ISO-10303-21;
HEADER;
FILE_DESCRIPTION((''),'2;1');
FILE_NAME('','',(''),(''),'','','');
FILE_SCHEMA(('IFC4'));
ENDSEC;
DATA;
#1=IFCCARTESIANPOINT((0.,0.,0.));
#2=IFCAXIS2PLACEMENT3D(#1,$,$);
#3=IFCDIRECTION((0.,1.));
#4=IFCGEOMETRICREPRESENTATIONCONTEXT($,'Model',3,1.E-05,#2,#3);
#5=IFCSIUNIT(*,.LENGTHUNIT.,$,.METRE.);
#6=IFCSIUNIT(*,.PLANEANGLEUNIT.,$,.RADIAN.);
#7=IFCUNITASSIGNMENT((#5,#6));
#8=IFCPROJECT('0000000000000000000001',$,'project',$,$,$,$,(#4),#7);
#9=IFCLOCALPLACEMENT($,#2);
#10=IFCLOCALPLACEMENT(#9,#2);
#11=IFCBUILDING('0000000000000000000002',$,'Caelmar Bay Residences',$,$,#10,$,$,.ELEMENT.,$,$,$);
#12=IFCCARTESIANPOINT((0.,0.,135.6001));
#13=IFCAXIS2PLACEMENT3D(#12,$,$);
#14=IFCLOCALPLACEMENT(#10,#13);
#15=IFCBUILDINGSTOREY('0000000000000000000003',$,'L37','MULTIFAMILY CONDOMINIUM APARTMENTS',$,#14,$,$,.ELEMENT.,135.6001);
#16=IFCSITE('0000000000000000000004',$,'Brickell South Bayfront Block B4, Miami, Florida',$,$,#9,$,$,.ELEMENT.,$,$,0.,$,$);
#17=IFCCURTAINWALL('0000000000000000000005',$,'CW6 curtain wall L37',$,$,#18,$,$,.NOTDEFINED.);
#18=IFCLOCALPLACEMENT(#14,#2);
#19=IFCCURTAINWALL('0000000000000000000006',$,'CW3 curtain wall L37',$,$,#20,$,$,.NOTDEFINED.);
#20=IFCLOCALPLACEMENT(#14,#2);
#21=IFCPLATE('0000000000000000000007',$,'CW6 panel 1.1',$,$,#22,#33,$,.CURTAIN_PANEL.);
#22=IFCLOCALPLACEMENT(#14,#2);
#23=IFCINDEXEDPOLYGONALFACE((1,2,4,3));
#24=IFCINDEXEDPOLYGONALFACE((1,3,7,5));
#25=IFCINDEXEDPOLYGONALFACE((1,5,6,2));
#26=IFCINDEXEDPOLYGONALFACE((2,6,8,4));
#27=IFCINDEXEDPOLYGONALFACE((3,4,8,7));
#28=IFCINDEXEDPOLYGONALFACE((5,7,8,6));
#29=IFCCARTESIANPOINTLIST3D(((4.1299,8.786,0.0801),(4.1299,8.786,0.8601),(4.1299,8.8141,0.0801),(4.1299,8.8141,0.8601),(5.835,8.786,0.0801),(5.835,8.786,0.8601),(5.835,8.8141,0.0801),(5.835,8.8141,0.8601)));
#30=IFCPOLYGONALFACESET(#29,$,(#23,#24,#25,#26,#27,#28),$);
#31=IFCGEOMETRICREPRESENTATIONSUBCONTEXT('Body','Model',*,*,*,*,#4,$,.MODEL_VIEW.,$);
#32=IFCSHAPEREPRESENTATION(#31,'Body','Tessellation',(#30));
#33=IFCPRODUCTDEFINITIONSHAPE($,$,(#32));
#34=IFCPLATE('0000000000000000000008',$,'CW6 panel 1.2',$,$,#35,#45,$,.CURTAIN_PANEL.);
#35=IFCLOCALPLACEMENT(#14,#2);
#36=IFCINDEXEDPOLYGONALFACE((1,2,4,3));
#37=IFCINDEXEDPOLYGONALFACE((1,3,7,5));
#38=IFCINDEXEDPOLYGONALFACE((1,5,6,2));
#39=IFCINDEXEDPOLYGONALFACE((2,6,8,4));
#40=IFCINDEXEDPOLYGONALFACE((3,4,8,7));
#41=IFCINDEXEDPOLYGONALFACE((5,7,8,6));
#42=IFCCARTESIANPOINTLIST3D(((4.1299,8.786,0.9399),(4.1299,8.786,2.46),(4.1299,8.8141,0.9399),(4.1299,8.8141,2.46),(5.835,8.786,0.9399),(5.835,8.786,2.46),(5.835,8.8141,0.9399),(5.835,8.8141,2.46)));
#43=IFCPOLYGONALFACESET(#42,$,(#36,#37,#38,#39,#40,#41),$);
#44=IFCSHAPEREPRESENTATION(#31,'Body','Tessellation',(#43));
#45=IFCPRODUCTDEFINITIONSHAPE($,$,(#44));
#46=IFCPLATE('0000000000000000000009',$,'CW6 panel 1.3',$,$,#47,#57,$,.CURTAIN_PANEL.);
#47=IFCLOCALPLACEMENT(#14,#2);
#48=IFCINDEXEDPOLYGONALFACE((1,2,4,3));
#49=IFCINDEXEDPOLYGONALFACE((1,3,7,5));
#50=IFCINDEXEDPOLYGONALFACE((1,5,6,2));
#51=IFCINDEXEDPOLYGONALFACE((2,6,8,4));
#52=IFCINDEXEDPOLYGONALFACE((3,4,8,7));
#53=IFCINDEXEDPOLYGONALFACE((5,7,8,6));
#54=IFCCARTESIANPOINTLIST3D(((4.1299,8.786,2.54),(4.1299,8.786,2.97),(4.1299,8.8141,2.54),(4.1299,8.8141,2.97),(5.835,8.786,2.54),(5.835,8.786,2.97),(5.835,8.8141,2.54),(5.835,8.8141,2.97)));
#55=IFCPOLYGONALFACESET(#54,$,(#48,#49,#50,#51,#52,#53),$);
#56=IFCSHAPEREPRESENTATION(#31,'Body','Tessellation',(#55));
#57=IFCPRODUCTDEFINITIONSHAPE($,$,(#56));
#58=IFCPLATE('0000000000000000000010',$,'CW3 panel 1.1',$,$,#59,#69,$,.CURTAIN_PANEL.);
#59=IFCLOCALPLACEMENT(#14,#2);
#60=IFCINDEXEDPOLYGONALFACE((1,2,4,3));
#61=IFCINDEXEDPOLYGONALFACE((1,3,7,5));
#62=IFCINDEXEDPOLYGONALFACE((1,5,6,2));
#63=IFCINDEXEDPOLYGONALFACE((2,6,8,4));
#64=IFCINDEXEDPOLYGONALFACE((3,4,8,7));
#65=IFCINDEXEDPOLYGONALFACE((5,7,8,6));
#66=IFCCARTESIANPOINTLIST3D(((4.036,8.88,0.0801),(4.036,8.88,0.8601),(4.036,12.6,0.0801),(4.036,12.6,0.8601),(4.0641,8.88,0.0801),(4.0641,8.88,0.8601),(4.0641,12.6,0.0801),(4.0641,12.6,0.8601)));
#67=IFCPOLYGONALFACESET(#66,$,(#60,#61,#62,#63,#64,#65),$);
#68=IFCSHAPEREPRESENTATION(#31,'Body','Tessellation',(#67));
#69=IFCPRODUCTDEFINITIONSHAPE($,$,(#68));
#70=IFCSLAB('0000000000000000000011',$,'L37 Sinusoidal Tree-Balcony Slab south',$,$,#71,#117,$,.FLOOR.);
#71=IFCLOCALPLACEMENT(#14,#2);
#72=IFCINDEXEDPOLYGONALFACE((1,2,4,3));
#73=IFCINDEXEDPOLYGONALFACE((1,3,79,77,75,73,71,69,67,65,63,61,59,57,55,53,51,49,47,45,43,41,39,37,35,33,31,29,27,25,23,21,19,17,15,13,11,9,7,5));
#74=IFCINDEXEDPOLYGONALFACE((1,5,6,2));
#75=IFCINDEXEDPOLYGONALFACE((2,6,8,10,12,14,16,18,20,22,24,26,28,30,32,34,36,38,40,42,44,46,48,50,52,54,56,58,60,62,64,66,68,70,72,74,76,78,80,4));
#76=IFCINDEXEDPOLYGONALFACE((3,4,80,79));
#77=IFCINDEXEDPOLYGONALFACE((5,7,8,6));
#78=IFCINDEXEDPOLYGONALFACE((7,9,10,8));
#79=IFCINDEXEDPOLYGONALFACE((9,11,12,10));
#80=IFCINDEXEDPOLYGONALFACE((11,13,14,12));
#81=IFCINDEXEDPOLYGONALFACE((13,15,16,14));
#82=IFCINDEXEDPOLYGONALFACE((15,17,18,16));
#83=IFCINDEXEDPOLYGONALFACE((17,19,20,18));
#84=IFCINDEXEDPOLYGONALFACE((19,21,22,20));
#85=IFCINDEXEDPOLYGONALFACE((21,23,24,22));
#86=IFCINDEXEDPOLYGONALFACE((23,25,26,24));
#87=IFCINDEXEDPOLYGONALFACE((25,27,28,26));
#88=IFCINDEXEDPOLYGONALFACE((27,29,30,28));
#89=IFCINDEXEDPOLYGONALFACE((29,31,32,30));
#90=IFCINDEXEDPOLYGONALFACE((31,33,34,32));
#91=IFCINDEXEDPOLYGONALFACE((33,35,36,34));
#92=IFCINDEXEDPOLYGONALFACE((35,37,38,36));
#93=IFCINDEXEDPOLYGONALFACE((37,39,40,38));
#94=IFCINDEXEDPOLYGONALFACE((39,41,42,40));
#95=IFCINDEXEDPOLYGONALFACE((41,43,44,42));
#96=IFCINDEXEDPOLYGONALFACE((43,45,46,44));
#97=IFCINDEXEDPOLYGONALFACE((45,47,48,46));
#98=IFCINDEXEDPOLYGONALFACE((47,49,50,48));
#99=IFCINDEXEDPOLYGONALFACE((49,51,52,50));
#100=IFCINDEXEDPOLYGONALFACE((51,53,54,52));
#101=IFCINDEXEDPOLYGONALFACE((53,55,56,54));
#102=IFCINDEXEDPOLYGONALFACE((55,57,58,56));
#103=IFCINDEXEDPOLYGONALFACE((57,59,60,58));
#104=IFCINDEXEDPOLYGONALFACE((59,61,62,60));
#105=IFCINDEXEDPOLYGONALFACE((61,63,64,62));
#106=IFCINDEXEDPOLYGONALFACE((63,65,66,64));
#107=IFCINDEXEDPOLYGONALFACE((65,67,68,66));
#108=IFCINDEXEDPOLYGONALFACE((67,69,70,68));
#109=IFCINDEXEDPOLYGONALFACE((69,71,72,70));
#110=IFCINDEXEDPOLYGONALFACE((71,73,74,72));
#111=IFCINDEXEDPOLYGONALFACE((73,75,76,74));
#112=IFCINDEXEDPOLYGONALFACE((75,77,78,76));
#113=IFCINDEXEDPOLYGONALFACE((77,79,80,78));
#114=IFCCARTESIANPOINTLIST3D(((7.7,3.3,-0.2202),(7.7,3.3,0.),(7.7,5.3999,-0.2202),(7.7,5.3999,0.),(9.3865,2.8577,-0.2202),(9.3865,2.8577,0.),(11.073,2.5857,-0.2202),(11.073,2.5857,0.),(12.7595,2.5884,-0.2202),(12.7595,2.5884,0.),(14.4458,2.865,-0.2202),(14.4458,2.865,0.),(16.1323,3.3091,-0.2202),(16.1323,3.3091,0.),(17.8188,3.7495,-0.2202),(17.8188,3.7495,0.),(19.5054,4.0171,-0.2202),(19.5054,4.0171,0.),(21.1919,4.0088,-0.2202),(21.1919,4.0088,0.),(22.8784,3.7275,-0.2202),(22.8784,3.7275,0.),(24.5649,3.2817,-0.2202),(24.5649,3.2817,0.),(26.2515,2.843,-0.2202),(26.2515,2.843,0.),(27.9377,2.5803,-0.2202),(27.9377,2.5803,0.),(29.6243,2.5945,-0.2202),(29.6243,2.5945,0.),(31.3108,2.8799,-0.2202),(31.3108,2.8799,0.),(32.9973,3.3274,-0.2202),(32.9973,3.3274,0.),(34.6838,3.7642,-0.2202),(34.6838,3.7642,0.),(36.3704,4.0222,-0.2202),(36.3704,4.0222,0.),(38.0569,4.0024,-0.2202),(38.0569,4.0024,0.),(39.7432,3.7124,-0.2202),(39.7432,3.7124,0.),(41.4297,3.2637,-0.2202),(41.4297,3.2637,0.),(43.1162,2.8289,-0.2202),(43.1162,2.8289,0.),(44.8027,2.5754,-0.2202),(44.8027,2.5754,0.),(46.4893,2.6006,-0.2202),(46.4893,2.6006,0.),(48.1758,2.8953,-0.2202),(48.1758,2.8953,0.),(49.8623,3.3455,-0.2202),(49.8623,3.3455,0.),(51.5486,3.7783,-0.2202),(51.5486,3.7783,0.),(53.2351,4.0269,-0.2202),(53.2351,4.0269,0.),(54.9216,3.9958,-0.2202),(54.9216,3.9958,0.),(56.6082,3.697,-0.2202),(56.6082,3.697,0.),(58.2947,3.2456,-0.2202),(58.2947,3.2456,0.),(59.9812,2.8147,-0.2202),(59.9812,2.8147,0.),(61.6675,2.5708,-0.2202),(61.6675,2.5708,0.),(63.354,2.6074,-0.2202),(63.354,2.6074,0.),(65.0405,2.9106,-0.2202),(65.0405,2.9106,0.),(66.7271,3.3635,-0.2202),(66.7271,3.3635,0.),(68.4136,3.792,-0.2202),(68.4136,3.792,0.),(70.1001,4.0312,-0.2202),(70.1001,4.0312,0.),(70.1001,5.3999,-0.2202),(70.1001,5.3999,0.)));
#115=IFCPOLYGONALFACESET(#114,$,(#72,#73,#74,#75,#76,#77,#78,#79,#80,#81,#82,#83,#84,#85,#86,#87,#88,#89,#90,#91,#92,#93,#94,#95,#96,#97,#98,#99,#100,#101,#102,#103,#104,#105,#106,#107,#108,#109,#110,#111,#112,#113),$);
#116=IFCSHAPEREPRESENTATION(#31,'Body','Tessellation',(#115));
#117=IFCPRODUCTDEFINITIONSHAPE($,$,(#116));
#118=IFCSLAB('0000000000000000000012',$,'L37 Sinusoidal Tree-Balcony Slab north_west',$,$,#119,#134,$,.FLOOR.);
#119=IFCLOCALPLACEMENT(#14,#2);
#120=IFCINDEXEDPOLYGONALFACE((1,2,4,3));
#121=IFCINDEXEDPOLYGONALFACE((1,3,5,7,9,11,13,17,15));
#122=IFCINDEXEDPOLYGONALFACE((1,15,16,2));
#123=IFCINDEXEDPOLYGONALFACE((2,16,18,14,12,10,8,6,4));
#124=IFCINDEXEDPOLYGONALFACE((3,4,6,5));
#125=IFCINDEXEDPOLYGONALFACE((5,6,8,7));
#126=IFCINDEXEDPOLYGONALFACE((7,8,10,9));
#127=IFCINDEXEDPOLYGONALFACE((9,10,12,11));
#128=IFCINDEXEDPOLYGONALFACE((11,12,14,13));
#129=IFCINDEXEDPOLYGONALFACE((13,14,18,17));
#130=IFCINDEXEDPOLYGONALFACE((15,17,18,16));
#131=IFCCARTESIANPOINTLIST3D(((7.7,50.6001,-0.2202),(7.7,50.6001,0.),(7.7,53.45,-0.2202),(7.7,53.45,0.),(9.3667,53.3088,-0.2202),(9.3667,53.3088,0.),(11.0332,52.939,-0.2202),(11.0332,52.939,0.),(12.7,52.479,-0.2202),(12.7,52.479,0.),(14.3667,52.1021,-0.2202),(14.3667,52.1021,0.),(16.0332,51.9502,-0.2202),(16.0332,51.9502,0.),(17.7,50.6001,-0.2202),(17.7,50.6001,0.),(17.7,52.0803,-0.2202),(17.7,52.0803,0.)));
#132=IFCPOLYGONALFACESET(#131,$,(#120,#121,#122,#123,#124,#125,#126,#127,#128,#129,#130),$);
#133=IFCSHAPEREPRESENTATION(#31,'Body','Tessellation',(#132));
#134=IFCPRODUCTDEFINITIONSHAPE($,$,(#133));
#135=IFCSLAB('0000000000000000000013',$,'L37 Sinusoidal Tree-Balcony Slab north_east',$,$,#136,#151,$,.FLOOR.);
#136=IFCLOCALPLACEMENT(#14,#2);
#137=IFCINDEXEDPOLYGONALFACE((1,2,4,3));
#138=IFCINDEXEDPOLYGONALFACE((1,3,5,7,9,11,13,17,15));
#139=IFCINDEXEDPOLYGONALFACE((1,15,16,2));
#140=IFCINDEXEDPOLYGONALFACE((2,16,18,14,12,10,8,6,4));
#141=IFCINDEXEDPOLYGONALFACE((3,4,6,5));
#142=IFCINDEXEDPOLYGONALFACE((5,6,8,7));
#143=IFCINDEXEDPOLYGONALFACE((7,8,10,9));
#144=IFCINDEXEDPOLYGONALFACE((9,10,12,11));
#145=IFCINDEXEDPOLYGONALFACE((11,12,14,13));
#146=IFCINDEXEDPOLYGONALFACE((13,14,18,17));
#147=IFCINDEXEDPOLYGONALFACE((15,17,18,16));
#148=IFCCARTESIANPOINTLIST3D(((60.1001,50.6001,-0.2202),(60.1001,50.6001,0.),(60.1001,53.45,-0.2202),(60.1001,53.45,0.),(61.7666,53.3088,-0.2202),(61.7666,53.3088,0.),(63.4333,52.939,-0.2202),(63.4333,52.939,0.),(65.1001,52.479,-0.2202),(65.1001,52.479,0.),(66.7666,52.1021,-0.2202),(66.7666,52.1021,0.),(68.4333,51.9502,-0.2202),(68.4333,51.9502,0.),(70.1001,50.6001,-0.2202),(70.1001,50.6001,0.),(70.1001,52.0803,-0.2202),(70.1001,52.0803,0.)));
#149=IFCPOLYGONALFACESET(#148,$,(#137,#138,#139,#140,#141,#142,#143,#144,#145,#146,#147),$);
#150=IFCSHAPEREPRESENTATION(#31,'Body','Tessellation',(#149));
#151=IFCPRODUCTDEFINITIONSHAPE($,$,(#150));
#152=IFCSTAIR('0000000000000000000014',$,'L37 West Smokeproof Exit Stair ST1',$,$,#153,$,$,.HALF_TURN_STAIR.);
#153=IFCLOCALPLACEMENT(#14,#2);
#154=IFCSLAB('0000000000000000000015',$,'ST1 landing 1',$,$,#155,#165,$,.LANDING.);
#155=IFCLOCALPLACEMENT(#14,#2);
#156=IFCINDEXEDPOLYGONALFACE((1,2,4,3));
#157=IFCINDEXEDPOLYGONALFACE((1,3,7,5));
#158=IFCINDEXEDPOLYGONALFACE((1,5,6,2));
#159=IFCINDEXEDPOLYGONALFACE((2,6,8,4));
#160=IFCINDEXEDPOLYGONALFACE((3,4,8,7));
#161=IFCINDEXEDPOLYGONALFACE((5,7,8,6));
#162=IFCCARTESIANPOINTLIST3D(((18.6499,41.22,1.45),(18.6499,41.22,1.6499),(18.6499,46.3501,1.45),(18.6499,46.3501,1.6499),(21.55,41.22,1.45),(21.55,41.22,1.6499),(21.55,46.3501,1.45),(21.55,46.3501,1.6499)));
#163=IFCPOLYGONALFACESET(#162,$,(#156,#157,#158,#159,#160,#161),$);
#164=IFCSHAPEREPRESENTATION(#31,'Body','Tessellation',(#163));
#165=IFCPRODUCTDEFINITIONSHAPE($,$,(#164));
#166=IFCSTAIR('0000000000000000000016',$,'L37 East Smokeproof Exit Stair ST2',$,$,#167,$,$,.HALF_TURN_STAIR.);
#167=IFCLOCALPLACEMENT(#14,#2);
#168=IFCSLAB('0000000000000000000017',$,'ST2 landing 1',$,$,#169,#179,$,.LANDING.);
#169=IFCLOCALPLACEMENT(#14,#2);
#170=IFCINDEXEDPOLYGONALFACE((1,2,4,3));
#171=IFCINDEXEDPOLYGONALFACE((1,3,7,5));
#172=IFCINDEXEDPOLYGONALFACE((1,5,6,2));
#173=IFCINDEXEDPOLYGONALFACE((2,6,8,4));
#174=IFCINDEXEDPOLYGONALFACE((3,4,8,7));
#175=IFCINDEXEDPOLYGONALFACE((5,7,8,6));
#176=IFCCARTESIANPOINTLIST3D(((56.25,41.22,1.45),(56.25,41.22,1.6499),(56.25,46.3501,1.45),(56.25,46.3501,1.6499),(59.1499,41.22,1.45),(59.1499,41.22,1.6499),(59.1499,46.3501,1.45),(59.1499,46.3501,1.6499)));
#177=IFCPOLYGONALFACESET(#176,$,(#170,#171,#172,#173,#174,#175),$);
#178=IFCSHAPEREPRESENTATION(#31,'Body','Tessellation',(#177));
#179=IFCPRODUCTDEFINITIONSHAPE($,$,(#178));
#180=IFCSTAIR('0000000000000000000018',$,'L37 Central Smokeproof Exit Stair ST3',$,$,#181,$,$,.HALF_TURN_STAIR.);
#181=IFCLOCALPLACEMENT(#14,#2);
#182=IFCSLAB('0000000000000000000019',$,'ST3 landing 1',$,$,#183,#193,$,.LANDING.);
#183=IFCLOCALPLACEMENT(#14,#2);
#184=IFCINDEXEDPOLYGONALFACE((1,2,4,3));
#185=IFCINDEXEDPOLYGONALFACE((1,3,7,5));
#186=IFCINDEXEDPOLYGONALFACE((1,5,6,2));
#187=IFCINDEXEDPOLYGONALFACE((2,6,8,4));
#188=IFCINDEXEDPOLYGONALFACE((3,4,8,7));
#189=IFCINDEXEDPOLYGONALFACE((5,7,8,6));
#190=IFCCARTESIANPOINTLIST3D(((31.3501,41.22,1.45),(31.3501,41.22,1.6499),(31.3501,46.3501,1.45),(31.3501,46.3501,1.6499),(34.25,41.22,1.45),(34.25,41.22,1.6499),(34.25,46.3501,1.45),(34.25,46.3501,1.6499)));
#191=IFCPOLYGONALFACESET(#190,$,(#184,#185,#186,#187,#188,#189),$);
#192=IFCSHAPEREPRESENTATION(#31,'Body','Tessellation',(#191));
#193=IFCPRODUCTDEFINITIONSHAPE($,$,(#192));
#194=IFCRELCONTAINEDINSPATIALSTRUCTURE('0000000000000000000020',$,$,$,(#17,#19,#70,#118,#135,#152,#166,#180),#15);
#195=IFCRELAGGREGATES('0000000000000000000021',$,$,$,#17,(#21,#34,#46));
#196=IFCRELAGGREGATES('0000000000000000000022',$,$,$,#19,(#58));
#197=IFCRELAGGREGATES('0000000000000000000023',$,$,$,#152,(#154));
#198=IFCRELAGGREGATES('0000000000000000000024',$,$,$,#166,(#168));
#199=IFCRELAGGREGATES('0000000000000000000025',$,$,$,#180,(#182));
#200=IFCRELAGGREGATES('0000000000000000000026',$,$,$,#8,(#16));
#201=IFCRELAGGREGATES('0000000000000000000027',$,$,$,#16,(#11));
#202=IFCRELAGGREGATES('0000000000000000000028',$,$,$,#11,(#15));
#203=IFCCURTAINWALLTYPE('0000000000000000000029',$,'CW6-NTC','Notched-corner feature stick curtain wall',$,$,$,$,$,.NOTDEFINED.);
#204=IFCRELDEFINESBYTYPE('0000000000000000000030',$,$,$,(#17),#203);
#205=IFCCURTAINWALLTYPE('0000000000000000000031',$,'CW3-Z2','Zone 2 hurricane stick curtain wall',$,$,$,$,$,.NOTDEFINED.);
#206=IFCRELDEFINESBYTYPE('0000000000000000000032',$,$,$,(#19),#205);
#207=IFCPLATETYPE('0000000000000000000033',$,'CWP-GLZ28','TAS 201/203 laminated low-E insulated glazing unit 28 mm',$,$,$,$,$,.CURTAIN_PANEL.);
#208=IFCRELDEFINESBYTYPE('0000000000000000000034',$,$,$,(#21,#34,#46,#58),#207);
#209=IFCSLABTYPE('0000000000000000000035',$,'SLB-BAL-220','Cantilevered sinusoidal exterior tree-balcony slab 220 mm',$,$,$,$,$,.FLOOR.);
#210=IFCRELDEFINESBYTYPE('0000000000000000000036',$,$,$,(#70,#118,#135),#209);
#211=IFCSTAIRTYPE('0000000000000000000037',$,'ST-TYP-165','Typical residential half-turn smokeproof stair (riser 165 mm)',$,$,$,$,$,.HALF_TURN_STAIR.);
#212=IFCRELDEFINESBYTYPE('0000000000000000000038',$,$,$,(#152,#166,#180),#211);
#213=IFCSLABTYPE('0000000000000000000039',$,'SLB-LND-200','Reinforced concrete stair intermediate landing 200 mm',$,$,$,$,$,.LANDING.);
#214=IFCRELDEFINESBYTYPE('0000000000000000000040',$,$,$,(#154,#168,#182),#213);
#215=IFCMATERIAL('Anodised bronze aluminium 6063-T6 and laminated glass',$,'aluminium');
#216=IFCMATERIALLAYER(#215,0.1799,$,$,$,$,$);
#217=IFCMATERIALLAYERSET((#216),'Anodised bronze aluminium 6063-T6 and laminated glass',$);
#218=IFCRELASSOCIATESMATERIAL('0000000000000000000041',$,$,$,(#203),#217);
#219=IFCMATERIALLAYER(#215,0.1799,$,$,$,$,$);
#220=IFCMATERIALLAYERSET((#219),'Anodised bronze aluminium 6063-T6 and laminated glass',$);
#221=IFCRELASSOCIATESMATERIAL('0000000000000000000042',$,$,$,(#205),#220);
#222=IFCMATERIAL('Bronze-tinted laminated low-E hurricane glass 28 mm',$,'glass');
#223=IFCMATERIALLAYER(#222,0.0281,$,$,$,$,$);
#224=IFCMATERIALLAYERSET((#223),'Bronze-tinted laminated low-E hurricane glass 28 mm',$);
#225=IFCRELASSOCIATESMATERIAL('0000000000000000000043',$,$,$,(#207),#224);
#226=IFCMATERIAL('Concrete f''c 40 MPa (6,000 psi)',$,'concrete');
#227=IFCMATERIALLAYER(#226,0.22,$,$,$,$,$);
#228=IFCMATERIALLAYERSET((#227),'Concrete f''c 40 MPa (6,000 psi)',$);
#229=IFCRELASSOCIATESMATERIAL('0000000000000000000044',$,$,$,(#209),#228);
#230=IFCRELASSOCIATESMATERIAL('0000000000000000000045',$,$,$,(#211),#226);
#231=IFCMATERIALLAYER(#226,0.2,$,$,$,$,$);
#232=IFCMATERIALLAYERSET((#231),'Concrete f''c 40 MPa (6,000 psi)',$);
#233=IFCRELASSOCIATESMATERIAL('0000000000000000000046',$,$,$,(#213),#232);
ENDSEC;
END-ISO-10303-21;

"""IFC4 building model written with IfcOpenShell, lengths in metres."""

from ifc_helpers import new_model, si_unit, direction, frame, origin, origin_2d, place, context, subcontext, project, spatial, polyline, rectangle, outline, extrude, material, layer, layer_set, type_object, element, aggregate, save


model = new_model("IFC4")

# Units and contexts
model_context = context("Model", 3, precision=1e-05, world=origin(), true_north=direction((0.0, 1.0)))
body_context = subcontext(model_context, "Body", "Model", "MODEL_VIEW")
ifc_project = project(units=[si_unit("LENGTHUNIT", "METRE"), si_unit("PLANEANGLEUNIT", "RADIAN")], contexts=[model_context])

# Site, building, storey
site_placement = place(None, origin())
site = spatial("IfcSite", under=ifc_project, at=site_placement, Name="Brickell South Bayfront Block B4, Miami, Florida", CompositionType="ELEMENT", RefElevation=0.0)
building_placement = place(site_placement, origin())
building = spatial("IfcBuilding", under=site, at=building_placement, Name="Caelmar Bay Residences", CompositionType="ELEMENT")
storey_placement = place(building_placement, frame((0.0, 0.0, 135.6001)))
storey = spatial("IfcBuildingStorey", under=building, at=storey_placement, Name="L37", Description="MULTIFAMILY CONDOMINIUM APARTMENTS", CompositionType="ELEMENT", Elevation=135.6001)

# Curtain wall
ifc_material_1 = material(Name="Anodised bronze aluminium 6063-T6 and laminated glass", Category="aluminium")
ifc_layer_1 = layer(ifc_material_1, 0.1799)
ifc_layer_set_1 = layer_set([ifc_layer_1], Name="Anodised bronze aluminium 6063-T6 and laminated glass")
curtain_wall_type_1 = type_object("IfcCurtainWallType", Name="CW6-NTC", Description="Notched-corner feature stick curtain wall", PredefinedType="NOTDEFINED", material=ifc_layer_set_1)
curtain_wall_1_placement = place(storey_placement, origin())
curtain_wall_1 = element("IfcCurtainWall", 1, at=curtain_wall_1_placement, inside=storey, type_object=curtain_wall_type_1, Name="CW6 curtain wall L37", PredefinedType="NOTDEFINED")

# Curtain wall
ifc_layer_2 = layer(ifc_material_1, 0.1799)
ifc_layer_set_2 = layer_set([ifc_layer_2], Name="Anodised bronze aluminium 6063-T6 and laminated glass")
curtain_wall_type_2 = type_object("IfcCurtainWallType", Name="CW3-Z2", Description="Zone 2 hurricane stick curtain wall", PredefinedType="NOTDEFINED", material=ifc_layer_set_2)
curtain_wall_2_placement = place(storey_placement, origin())
curtain_wall_2 = element("IfcCurtainWall", 2, at=curtain_wall_2_placement, inside=storey, type_object=curtain_wall_type_2, Name="CW3 curtain wall L37", PredefinedType="NOTDEFINED")

# Plates
ifc_material_2 = material(Name="Bronze-tinted laminated low-E hurricane glass 28 mm", Category="glass")
ifc_layer_3 = layer(ifc_material_2, 0.0281)
ifc_layer_set_3 = layer_set([ifc_layer_3], Name="Bronze-tinted laminated low-E hurricane glass 28 mm")
plate_type = type_object("IfcPlateType", Name="CWP-GLZ28", Description="TAS 201/203 laminated low-E insulated glazing unit 28 mm", PredefinedType="CURTAIN_PANEL", material=ifc_layer_set_3)
plate_1_placement = place(storey_placement, frame((4.9824, 8.8, 0.0801), z_axis=(0.0, 0.0, 1.0), x_axis=(1.0, 0.0, 0.0)))
plate_1 = element("IfcPlate", 3, at=plate_1_placement, type_object=plate_type, Name="CW6 panel 1.1", PredefinedType="CURTAIN_PANEL", context=body_context, shape_type="SweptSolid", body=[
    extrude(rectangle(XDim=1.7051, YDim=0.0281, at=origin_2d()), origin(), (0.0, 0.0, 1.0), 0.78),
])
plate_2_placement = place(storey_placement, frame((4.9824, 8.8, 0.9399), z_axis=(0.0, 0.0, 1.0), x_axis=(1.0, 0.0, 0.0)))
plate_2 = element("IfcPlate", 4, at=plate_2_placement, type_object=plate_type, Name="CW6 panel 1.2", PredefinedType="CURTAIN_PANEL", context=body_context, shape_type="SweptSolid", body=[
    extrude(rectangle(XDim=1.7051, YDim=0.0281, at=origin_2d()), origin(), (0.0, 0.0, 1.0), 1.52),
])
plate_3_placement = place(storey_placement, frame((4.9824, 8.8, 2.54), z_axis=(0.0, 0.0, 1.0), x_axis=(1.0, 0.0, 0.0)))
plate_3 = element("IfcPlate", 5, at=plate_3_placement, type_object=plate_type, Name="CW6 panel 1.3", PredefinedType="CURTAIN_PANEL", context=body_context, shape_type="SweptSolid", body=[
    extrude(rectangle(XDim=1.7051, YDim=0.0281, at=origin_2d()), origin(), (0.0, 0.0, 1.0), 0.4299),
])
aggregate(curtain_wall_1, [plate_1, plate_2, plate_3])
plate_4_placement = place(storey_placement, frame((4.05, 10.74, 0.0801), z_axis=(0.0, 0.0, 1.0), x_axis=(0.0, 1.0, 0.0)))
plate_4 = element("IfcPlate", 6, at=plate_4_placement, type_object=plate_type, Name="CW3 panel 1.1", PredefinedType="CURTAIN_PANEL", context=body_context, shape_type="SweptSolid", body=[
    extrude(rectangle(XDim=3.72, YDim=0.0281, at=origin_2d()), origin(), (0.0, 0.0, 1.0), 0.78),
])
aggregate(curtain_wall_2, [plate_4])

# Slabs
ifc_material_3 = material(Name="Concrete f'c 40 MPa (6,000 psi)", Category="concrete")
ifc_layer_4 = layer(ifc_material_3, 0.22)
ifc_layer_set_4 = layer_set([ifc_layer_4], Name="Concrete f'c 40 MPa (6,000 psi)")
slab_type_1 = type_object("IfcSlabType", Name="SLB-BAL-220", Description="Cantilevered sinusoidal exterior tree-balcony slab 220 mm", PredefinedType="FLOOR", material=ifc_layer_set_4)
slab_1_placement = place(storey_placement, frame((0.0, 0.0, -0.2202)))
element("IfcSlab", 7, at=slab_1_placement, inside=storey, type_object=slab_type_1, Name="L37 Sinusoidal Tree-Balcony Slab south", PredefinedType="FLOOR", context=body_context, shape_type="SweptSolid", body=[
    extrude(outline(polyline([(7.7, 3.3), (9.3865, 2.8577), (11.073, 2.5857), (12.7595, 2.5884), (14.4458, 2.865), (16.1323, 3.3091), (17.8188, 3.7495), (19.5054, 4.0171), (21.1919, 4.0088), (22.8784, 3.7275), (24.5649, 3.2817), (26.2515, 2.843), (27.9377, 2.5803), (29.6243, 2.5945), (31.3108, 2.8799), (32.9973, 3.3274), (34.6838, 3.7642), (36.3704, 4.0222), (38.0569, 4.0024), (39.7432, 3.7124), (41.4297, 3.2637), (43.1162, 2.8289), (44.8027, 2.5754), (46.4893, 2.6006), (48.1758, 2.8953), (49.8623, 3.3455), (51.5486, 3.7783), (53.2351, 4.0269), (54.9216, 3.9958), (56.6082, 3.697), (58.2947, 3.2456), (59.9812, 2.8147), (61.6675, 2.5708), (63.354, 2.6074), (65.0405, 2.9106), (66.7271, 3.3635), (68.4136, 3.792), (70.1001, 4.0312), (70.1001, 5.3999), (7.7, 5.3999), (7.7, 3.3)])), origin(), (0.0, 0.0, 1.0), 0.2202),
])
slab_2_placement = place(storey_placement, frame((0.0, 0.0, -0.2202)))
element("IfcSlab", 8, at=slab_2_placement, inside=storey, type_object=slab_type_1, Name="L37 Sinusoidal Tree-Balcony Slab north_west", PredefinedType="FLOOR", context=body_context, shape_type="SweptSolid", body=[
    extrude(outline(polyline([(7.7, 50.6001), (17.7, 50.6001), (17.7, 52.0803), (16.0332, 51.9502), (14.3667, 52.1021), (12.7, 52.479), (11.0332, 52.939), (9.3667, 53.3088), (7.7, 53.45), (7.7, 50.6001)])), origin(), (0.0, 0.0, 1.0), 0.2202),
])
slab_3_placement = place(storey_placement, frame((0.0, 0.0, -0.2202)))
element("IfcSlab", 9, at=slab_3_placement, inside=storey, type_object=slab_type_1, Name="L37 Sinusoidal Tree-Balcony Slab north_east", PredefinedType="FLOOR", context=body_context, shape_type="SweptSolid", body=[
    extrude(outline(polyline([(60.1001, 50.6001), (70.1001, 50.6001), (70.1001, 52.0803), (68.4333, 51.9502), (66.7666, 52.1021), (65.1001, 52.479), (63.4333, 52.939), (61.7666, 53.3088), (60.1001, 53.45), (60.1001, 50.6001)])), origin(), (0.0, 0.0, 1.0), 0.2202),
])

# Stairs, slabs
stair_type = type_object("IfcStairType", Name="ST-TYP-165", Description="Typical residential half-turn smokeproof stair (riser 165 mm)", PredefinedType="HALF_TURN_STAIR", material=ifc_material_3)
stair_1_placement = place(storey_placement, origin())
stair_1 = element("IfcStair", 10, at=stair_1_placement, inside=storey, type_object=stair_type, Name="L37 West Smokeproof Exit Stair ST1", PredefinedType="HALF_TURN_STAIR")
ifc_layer_5 = layer(ifc_material_3, 0.2)
ifc_layer_set_5 = layer_set([ifc_layer_5], Name="Concrete f'c 40 MPa (6,000 psi)")
slab_type_2 = type_object("IfcSlabType", Name="SLB-LND-200", Description="Reinforced concrete stair intermediate landing 200 mm", PredefinedType="LANDING", material=ifc_layer_set_5)
slab_4_placement = place(storey_placement, frame((0.0, 0.0, 1.45)))
slab_4 = element("IfcSlab", 11, at=slab_4_placement, type_object=slab_type_2, Name="ST1 landing 1", PredefinedType="LANDING", context=body_context, shape_type="SweptSolid", body=[
    extrude(outline(polyline([(21.55, 41.22), (21.55, 46.3501), (18.6499, 46.3501), (18.6499, 41.22), (21.55, 41.22)])), origin(), (0.0, 0.0, 1.0), 0.2),
])
aggregate(stair_1, [slab_4])
stair_2_placement = place(storey_placement, origin())
stair_2 = element("IfcStair", 12, at=stair_2_placement, inside=storey, type_object=stair_type, Name="L37 East Smokeproof Exit Stair ST2", PredefinedType="HALF_TURN_STAIR")
slab_5_placement = place(storey_placement, frame((0.0, 0.0, 1.45)))
slab_5 = element("IfcSlab", 13, at=slab_5_placement, type_object=slab_type_2, Name="ST2 landing 1", PredefinedType="LANDING", context=body_context, shape_type="SweptSolid", body=[
    extrude(outline(polyline([(59.1499, 41.22), (59.1499, 46.3501), (56.25, 46.3501), (56.25, 41.22), (59.1499, 41.22)])), origin(), (0.0, 0.0, 1.0), 0.2),
])
aggregate(stair_2, [slab_5])
stair_3_placement = place(storey_placement, origin())
stair_3 = element("IfcStair", 14, at=stair_3_placement, inside=storey, type_object=stair_type, Name="L37 Central Smokeproof Exit Stair ST3", PredefinedType="HALF_TURN_STAIR")
slab_6_placement = place(storey_placement, frame((0.0, 0.0, 1.45)))
slab_6 = element("IfcSlab", 15, at=slab_6_placement, type_object=slab_type_2, Name="ST3 landing 1", PredefinedType="LANDING", context=body_context, shape_type="SweptSolid", body=[
    extrude(outline(polyline([(34.25, 41.22), (34.25, 46.3501), (31.3501, 46.3501), (31.3501, 41.22), (34.25, 41.22)])), origin(), (0.0, 0.0, 1.0), 0.2),
])
aggregate(stair_3, [slab_6])

save(model, "model.ifc")
